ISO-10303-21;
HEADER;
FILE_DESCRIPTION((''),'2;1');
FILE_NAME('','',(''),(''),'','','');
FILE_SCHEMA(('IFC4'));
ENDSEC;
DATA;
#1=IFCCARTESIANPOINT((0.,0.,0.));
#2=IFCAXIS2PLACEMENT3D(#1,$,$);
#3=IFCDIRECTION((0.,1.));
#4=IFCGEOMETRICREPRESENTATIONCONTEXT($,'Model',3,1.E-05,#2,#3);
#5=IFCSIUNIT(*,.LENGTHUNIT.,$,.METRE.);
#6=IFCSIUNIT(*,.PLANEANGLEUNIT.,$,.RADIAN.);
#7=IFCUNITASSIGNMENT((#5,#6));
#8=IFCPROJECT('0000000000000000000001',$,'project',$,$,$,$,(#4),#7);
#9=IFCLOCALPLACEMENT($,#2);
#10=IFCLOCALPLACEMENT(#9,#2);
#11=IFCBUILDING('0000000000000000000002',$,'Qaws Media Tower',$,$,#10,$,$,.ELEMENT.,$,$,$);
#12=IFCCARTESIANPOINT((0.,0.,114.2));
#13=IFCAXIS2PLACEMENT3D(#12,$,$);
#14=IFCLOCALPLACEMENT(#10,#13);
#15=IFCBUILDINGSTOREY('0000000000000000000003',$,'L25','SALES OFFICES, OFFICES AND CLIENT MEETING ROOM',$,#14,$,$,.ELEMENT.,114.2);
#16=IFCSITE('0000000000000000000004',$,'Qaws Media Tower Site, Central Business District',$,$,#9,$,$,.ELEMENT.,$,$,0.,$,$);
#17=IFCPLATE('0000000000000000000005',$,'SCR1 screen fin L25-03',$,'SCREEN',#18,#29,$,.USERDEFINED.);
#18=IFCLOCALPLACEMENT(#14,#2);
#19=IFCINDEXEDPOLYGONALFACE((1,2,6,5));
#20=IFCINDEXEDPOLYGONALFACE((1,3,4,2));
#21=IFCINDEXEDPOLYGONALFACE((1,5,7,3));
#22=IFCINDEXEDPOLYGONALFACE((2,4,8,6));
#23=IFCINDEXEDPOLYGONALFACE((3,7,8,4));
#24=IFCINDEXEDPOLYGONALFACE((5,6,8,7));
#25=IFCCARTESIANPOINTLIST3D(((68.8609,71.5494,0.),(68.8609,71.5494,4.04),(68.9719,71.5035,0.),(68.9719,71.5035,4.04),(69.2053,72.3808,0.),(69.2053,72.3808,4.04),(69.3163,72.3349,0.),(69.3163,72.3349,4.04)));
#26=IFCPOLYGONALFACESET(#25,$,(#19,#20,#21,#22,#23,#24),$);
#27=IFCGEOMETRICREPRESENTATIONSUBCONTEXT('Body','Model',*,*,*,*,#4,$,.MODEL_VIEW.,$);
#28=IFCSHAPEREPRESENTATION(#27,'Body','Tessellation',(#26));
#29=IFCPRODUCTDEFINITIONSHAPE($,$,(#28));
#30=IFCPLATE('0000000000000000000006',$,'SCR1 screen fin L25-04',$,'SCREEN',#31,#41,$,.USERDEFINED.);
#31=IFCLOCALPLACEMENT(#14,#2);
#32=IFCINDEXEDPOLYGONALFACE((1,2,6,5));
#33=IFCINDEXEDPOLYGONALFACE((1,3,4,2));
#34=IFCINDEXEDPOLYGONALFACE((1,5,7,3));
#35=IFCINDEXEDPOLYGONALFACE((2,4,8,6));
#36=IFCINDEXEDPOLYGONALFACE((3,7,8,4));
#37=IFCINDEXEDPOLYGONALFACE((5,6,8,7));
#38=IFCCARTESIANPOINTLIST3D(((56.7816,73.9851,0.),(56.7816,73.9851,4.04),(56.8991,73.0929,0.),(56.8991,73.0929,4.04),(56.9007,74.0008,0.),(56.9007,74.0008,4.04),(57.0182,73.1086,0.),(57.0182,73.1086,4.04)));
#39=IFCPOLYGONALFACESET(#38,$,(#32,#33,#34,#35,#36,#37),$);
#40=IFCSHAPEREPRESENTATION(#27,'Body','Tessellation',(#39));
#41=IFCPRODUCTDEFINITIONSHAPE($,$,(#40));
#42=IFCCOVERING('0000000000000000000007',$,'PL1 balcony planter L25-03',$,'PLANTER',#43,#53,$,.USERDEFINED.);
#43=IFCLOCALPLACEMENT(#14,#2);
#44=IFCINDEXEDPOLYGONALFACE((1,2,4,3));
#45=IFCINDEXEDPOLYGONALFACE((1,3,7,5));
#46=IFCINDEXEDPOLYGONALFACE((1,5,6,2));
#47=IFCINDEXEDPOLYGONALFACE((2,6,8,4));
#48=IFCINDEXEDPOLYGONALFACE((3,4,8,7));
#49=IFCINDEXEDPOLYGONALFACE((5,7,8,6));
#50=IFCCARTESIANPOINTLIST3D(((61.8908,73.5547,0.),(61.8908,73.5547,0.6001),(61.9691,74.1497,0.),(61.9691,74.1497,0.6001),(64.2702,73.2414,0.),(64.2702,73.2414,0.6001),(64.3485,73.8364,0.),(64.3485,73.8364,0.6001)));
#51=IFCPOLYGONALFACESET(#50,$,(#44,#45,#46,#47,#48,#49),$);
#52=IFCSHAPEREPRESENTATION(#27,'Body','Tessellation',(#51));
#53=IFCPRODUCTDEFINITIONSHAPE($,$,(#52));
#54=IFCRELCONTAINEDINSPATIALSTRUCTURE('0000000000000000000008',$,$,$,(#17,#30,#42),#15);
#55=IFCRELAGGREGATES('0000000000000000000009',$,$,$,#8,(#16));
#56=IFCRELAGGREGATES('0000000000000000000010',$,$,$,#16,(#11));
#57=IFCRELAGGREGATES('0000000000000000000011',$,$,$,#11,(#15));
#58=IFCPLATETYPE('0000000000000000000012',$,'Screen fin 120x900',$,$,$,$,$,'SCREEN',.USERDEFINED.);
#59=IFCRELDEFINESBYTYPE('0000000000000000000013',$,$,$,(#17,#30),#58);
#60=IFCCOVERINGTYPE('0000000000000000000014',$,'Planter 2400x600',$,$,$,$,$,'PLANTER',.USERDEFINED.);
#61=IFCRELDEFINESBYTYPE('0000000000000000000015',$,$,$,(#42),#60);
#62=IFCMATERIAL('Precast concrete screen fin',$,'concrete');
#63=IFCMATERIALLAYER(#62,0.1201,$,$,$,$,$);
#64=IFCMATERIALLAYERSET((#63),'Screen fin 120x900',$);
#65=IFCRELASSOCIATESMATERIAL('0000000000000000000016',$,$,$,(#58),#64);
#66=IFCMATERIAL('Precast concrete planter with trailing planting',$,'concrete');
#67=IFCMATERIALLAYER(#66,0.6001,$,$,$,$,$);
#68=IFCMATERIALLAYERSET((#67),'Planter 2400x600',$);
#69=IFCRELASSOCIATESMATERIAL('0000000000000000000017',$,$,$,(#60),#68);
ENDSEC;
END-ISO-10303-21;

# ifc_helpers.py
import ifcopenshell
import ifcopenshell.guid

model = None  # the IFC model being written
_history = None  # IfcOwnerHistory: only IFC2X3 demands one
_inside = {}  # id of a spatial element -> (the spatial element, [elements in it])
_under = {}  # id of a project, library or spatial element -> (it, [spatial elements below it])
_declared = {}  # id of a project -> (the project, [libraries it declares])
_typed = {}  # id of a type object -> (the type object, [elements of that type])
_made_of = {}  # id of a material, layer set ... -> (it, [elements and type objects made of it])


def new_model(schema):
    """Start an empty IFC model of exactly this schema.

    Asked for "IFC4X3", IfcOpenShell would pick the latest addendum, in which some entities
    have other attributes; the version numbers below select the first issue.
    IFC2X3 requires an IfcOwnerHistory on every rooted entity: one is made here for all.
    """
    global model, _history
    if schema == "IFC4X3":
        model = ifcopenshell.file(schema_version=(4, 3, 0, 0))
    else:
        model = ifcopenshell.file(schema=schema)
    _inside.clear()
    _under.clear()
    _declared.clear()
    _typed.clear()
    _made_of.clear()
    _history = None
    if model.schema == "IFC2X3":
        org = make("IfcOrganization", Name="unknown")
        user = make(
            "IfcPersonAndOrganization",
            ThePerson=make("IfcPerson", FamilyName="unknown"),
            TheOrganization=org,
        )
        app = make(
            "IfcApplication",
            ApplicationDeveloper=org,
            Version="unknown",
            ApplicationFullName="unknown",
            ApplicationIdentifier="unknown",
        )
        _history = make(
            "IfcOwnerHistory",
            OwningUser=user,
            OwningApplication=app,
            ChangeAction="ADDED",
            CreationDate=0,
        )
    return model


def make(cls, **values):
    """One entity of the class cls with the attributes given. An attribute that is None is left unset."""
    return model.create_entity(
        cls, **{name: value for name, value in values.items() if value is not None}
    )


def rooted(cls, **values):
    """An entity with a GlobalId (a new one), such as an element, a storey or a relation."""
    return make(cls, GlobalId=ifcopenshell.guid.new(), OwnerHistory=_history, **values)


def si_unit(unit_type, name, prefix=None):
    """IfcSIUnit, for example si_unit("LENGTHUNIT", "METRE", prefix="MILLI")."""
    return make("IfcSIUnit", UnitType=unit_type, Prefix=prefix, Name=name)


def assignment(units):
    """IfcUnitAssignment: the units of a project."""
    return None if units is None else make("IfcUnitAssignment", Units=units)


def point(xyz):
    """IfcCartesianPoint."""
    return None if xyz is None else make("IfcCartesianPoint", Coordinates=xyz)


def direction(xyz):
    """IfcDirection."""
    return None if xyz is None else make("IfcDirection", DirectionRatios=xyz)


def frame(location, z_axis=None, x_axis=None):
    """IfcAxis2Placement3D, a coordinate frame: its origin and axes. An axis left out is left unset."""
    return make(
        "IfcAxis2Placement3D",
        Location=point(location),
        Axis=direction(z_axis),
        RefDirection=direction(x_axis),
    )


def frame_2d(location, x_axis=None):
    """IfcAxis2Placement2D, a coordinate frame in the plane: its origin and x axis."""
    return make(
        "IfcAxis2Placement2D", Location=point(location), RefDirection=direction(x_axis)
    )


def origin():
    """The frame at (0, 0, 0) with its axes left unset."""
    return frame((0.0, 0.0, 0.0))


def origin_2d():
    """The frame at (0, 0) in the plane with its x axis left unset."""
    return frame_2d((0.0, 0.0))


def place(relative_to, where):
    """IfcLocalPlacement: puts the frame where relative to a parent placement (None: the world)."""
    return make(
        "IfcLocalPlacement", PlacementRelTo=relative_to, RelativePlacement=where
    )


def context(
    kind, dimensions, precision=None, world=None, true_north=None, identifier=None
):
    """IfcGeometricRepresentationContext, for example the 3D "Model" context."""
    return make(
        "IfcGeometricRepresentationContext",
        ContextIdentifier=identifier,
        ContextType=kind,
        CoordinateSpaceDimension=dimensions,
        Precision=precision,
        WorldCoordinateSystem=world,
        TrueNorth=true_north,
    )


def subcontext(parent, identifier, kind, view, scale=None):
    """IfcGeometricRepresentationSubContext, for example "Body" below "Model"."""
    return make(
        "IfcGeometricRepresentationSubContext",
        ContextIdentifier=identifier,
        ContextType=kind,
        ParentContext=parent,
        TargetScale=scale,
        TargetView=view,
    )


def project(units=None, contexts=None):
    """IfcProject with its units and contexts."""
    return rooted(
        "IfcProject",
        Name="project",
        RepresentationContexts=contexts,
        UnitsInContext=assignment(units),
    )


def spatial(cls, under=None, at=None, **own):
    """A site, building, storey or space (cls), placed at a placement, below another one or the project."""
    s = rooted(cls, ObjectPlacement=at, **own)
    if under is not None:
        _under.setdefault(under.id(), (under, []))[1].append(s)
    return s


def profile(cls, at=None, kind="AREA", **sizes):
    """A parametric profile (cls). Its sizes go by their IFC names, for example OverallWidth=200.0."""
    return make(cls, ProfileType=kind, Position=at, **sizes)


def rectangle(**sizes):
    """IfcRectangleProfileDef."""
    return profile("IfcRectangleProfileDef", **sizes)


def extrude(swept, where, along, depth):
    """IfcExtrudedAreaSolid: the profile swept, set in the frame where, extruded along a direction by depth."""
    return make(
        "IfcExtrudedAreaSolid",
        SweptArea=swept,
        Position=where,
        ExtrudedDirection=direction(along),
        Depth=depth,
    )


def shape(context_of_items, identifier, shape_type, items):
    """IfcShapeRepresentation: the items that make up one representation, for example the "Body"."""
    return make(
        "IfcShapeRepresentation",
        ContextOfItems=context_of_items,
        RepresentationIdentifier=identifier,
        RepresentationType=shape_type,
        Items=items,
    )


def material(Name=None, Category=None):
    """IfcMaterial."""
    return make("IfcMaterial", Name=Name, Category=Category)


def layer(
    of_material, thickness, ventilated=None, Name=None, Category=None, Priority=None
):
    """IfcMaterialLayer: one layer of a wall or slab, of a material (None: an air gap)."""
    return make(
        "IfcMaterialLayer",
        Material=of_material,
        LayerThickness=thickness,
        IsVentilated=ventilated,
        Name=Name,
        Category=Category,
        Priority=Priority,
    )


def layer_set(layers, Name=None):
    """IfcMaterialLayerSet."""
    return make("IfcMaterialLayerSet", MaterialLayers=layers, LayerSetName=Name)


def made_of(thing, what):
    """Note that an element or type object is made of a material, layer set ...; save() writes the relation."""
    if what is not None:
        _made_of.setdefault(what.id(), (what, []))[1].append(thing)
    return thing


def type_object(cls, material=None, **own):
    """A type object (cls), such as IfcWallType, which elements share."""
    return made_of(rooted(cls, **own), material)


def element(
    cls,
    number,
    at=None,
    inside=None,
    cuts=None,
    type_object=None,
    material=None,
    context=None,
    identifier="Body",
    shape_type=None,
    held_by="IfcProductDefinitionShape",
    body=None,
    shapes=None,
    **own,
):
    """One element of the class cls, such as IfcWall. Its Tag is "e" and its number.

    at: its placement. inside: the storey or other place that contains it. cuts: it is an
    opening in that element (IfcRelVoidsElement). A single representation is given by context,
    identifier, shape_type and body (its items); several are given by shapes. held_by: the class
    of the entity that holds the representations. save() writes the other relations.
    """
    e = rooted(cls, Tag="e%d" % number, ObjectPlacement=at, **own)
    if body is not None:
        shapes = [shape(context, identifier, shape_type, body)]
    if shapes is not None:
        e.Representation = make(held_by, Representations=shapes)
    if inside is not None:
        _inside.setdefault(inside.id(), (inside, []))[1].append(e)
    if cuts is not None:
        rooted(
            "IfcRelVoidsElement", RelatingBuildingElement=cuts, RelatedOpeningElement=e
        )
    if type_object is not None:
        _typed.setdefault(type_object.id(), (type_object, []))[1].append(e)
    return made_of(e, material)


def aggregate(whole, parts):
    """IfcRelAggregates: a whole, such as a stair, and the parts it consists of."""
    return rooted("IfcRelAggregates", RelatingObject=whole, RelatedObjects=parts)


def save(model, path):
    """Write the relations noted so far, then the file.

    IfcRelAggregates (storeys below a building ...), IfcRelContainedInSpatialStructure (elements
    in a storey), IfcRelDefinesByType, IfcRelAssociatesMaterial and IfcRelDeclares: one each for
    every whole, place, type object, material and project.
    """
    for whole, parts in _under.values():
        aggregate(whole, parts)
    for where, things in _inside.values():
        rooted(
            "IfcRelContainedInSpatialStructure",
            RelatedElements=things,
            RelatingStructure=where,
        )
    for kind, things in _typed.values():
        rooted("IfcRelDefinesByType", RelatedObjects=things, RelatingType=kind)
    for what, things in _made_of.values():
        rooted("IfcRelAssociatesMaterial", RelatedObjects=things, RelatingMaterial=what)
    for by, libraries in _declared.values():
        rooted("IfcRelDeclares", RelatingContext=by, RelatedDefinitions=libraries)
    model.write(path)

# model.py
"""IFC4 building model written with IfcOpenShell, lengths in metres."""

from ifc_helpers import new_model, si_unit, direction, frame, origin, origin_2d, place, context, subcontext, project, spatial, rectangle, extrude, material, layer, layer_set, type_object, element, save


model = new_model("IFC4")

# Units and contexts
model_context = context("Model", 3, precision=1e-05, world=origin(), true_north=direction((0.0, 1.0)))
body_context = subcontext(model_context, "Body", "Model", "MODEL_VIEW")
ifc_project = project(units=[si_unit("LENGTHUNIT", "METRE"), si_unit("PLANEANGLEUNIT", "RADIAN")], contexts=[model_context])

# Site, building, storey
site_placement = place(None, origin())
site = spatial("IfcSite", under=ifc_project, at=site_placement, Name="Qaws Media Tower Site, Central Business District", CompositionType="ELEMENT", RefElevation=0.0)
building_placement = place(site_placement, origin())
building = spatial("IfcBuilding", under=site, at=building_placement, Name="Qaws Media Tower", CompositionType="ELEMENT")
storey_placement = place(building_placement, frame((0.0, 0.0, 114.2)))
storey = spatial("IfcBuildingStorey", under=building, at=storey_placement, Name="L25", Description="SALES OFFICES, OFFICES AND CLIENT MEETING ROOM", CompositionType="ELEMENT", Elevation=114.2)

# Plates
ifc_material_1 = material(Name="Precast concrete screen fin", Category="concrete")
ifc_layer_1 = layer(ifc_material_1, 0.1201)
ifc_layer_set_1 = layer_set([ifc_layer_1], Name="Screen fin 120x900")
plate_type_1 = type_object("IfcPlateType", Name="Screen fin 120x900", ElementType="SCREEN", PredefinedType="USERDEFINED", material=ifc_layer_set_1)
for number, where, z_axis, x_axis, name in (
    (1, (69.0886, 71.9421, 0.0), (0.0, 0.0, 1.0), (0.382683, 0.92388, 0.0), "SCR1 screen fin L25-03"),
    (2, (56.8999, 73.5469, 0.0), (0.0, 0.0, 1.0), (-0.130526, 0.991445, 0.0), "SCR1 screen fin L25-04"),
):
    element("IfcPlate", number, at=place(storey_placement, frame(where, z_axis=z_axis, x_axis=x_axis)), inside=storey, type_object=plate_type_1, Name=name, ObjectType="SCREEN", PredefinedType="USERDEFINED", context=body_context, shape_type="SweptSolid", body=[
        extrude(rectangle(XDim=0.8999, YDim=0.1201, at=origin_2d()), origin(), (0.0, 0.0, 1.0), 4.04),
    ])

# Covering
ifc_material_2 = material(Name="Precast concrete planter with trailing planting", Category="concrete")
ifc_layer_2 = layer(ifc_material_2, 0.6001)
ifc_layer_set_2 = layer_set([ifc_layer_2], Name="Planter 2400x600")
covering_type = type_object("IfcCoveringType", Name="Planter 2400x600", ElementType="PLANTER", PredefinedType="USERDEFINED", material=ifc_layer_set_2)
covering_placement = place(storey_placement, frame((63.1196, 73.6956, 0.0), z_axis=(0.0, 0.0, 1.0), x_axis=(-0.991445, 0.130526, 0.0)))
element("IfcCovering", 3, at=covering_placement, inside=storey, type_object=covering_type, Name="PL1 balcony planter L25-03", ObjectType="PLANTER", PredefinedType="USERDEFINED", context=body_context, shape_type="SweptSolid", body=[
    extrude(rectangle(XDim=2.3999, YDim=0.6001, at=origin_2d()), origin(), (0.0, 0.0, 1.0), 0.6001),
])

save(model, "model.ifc")
